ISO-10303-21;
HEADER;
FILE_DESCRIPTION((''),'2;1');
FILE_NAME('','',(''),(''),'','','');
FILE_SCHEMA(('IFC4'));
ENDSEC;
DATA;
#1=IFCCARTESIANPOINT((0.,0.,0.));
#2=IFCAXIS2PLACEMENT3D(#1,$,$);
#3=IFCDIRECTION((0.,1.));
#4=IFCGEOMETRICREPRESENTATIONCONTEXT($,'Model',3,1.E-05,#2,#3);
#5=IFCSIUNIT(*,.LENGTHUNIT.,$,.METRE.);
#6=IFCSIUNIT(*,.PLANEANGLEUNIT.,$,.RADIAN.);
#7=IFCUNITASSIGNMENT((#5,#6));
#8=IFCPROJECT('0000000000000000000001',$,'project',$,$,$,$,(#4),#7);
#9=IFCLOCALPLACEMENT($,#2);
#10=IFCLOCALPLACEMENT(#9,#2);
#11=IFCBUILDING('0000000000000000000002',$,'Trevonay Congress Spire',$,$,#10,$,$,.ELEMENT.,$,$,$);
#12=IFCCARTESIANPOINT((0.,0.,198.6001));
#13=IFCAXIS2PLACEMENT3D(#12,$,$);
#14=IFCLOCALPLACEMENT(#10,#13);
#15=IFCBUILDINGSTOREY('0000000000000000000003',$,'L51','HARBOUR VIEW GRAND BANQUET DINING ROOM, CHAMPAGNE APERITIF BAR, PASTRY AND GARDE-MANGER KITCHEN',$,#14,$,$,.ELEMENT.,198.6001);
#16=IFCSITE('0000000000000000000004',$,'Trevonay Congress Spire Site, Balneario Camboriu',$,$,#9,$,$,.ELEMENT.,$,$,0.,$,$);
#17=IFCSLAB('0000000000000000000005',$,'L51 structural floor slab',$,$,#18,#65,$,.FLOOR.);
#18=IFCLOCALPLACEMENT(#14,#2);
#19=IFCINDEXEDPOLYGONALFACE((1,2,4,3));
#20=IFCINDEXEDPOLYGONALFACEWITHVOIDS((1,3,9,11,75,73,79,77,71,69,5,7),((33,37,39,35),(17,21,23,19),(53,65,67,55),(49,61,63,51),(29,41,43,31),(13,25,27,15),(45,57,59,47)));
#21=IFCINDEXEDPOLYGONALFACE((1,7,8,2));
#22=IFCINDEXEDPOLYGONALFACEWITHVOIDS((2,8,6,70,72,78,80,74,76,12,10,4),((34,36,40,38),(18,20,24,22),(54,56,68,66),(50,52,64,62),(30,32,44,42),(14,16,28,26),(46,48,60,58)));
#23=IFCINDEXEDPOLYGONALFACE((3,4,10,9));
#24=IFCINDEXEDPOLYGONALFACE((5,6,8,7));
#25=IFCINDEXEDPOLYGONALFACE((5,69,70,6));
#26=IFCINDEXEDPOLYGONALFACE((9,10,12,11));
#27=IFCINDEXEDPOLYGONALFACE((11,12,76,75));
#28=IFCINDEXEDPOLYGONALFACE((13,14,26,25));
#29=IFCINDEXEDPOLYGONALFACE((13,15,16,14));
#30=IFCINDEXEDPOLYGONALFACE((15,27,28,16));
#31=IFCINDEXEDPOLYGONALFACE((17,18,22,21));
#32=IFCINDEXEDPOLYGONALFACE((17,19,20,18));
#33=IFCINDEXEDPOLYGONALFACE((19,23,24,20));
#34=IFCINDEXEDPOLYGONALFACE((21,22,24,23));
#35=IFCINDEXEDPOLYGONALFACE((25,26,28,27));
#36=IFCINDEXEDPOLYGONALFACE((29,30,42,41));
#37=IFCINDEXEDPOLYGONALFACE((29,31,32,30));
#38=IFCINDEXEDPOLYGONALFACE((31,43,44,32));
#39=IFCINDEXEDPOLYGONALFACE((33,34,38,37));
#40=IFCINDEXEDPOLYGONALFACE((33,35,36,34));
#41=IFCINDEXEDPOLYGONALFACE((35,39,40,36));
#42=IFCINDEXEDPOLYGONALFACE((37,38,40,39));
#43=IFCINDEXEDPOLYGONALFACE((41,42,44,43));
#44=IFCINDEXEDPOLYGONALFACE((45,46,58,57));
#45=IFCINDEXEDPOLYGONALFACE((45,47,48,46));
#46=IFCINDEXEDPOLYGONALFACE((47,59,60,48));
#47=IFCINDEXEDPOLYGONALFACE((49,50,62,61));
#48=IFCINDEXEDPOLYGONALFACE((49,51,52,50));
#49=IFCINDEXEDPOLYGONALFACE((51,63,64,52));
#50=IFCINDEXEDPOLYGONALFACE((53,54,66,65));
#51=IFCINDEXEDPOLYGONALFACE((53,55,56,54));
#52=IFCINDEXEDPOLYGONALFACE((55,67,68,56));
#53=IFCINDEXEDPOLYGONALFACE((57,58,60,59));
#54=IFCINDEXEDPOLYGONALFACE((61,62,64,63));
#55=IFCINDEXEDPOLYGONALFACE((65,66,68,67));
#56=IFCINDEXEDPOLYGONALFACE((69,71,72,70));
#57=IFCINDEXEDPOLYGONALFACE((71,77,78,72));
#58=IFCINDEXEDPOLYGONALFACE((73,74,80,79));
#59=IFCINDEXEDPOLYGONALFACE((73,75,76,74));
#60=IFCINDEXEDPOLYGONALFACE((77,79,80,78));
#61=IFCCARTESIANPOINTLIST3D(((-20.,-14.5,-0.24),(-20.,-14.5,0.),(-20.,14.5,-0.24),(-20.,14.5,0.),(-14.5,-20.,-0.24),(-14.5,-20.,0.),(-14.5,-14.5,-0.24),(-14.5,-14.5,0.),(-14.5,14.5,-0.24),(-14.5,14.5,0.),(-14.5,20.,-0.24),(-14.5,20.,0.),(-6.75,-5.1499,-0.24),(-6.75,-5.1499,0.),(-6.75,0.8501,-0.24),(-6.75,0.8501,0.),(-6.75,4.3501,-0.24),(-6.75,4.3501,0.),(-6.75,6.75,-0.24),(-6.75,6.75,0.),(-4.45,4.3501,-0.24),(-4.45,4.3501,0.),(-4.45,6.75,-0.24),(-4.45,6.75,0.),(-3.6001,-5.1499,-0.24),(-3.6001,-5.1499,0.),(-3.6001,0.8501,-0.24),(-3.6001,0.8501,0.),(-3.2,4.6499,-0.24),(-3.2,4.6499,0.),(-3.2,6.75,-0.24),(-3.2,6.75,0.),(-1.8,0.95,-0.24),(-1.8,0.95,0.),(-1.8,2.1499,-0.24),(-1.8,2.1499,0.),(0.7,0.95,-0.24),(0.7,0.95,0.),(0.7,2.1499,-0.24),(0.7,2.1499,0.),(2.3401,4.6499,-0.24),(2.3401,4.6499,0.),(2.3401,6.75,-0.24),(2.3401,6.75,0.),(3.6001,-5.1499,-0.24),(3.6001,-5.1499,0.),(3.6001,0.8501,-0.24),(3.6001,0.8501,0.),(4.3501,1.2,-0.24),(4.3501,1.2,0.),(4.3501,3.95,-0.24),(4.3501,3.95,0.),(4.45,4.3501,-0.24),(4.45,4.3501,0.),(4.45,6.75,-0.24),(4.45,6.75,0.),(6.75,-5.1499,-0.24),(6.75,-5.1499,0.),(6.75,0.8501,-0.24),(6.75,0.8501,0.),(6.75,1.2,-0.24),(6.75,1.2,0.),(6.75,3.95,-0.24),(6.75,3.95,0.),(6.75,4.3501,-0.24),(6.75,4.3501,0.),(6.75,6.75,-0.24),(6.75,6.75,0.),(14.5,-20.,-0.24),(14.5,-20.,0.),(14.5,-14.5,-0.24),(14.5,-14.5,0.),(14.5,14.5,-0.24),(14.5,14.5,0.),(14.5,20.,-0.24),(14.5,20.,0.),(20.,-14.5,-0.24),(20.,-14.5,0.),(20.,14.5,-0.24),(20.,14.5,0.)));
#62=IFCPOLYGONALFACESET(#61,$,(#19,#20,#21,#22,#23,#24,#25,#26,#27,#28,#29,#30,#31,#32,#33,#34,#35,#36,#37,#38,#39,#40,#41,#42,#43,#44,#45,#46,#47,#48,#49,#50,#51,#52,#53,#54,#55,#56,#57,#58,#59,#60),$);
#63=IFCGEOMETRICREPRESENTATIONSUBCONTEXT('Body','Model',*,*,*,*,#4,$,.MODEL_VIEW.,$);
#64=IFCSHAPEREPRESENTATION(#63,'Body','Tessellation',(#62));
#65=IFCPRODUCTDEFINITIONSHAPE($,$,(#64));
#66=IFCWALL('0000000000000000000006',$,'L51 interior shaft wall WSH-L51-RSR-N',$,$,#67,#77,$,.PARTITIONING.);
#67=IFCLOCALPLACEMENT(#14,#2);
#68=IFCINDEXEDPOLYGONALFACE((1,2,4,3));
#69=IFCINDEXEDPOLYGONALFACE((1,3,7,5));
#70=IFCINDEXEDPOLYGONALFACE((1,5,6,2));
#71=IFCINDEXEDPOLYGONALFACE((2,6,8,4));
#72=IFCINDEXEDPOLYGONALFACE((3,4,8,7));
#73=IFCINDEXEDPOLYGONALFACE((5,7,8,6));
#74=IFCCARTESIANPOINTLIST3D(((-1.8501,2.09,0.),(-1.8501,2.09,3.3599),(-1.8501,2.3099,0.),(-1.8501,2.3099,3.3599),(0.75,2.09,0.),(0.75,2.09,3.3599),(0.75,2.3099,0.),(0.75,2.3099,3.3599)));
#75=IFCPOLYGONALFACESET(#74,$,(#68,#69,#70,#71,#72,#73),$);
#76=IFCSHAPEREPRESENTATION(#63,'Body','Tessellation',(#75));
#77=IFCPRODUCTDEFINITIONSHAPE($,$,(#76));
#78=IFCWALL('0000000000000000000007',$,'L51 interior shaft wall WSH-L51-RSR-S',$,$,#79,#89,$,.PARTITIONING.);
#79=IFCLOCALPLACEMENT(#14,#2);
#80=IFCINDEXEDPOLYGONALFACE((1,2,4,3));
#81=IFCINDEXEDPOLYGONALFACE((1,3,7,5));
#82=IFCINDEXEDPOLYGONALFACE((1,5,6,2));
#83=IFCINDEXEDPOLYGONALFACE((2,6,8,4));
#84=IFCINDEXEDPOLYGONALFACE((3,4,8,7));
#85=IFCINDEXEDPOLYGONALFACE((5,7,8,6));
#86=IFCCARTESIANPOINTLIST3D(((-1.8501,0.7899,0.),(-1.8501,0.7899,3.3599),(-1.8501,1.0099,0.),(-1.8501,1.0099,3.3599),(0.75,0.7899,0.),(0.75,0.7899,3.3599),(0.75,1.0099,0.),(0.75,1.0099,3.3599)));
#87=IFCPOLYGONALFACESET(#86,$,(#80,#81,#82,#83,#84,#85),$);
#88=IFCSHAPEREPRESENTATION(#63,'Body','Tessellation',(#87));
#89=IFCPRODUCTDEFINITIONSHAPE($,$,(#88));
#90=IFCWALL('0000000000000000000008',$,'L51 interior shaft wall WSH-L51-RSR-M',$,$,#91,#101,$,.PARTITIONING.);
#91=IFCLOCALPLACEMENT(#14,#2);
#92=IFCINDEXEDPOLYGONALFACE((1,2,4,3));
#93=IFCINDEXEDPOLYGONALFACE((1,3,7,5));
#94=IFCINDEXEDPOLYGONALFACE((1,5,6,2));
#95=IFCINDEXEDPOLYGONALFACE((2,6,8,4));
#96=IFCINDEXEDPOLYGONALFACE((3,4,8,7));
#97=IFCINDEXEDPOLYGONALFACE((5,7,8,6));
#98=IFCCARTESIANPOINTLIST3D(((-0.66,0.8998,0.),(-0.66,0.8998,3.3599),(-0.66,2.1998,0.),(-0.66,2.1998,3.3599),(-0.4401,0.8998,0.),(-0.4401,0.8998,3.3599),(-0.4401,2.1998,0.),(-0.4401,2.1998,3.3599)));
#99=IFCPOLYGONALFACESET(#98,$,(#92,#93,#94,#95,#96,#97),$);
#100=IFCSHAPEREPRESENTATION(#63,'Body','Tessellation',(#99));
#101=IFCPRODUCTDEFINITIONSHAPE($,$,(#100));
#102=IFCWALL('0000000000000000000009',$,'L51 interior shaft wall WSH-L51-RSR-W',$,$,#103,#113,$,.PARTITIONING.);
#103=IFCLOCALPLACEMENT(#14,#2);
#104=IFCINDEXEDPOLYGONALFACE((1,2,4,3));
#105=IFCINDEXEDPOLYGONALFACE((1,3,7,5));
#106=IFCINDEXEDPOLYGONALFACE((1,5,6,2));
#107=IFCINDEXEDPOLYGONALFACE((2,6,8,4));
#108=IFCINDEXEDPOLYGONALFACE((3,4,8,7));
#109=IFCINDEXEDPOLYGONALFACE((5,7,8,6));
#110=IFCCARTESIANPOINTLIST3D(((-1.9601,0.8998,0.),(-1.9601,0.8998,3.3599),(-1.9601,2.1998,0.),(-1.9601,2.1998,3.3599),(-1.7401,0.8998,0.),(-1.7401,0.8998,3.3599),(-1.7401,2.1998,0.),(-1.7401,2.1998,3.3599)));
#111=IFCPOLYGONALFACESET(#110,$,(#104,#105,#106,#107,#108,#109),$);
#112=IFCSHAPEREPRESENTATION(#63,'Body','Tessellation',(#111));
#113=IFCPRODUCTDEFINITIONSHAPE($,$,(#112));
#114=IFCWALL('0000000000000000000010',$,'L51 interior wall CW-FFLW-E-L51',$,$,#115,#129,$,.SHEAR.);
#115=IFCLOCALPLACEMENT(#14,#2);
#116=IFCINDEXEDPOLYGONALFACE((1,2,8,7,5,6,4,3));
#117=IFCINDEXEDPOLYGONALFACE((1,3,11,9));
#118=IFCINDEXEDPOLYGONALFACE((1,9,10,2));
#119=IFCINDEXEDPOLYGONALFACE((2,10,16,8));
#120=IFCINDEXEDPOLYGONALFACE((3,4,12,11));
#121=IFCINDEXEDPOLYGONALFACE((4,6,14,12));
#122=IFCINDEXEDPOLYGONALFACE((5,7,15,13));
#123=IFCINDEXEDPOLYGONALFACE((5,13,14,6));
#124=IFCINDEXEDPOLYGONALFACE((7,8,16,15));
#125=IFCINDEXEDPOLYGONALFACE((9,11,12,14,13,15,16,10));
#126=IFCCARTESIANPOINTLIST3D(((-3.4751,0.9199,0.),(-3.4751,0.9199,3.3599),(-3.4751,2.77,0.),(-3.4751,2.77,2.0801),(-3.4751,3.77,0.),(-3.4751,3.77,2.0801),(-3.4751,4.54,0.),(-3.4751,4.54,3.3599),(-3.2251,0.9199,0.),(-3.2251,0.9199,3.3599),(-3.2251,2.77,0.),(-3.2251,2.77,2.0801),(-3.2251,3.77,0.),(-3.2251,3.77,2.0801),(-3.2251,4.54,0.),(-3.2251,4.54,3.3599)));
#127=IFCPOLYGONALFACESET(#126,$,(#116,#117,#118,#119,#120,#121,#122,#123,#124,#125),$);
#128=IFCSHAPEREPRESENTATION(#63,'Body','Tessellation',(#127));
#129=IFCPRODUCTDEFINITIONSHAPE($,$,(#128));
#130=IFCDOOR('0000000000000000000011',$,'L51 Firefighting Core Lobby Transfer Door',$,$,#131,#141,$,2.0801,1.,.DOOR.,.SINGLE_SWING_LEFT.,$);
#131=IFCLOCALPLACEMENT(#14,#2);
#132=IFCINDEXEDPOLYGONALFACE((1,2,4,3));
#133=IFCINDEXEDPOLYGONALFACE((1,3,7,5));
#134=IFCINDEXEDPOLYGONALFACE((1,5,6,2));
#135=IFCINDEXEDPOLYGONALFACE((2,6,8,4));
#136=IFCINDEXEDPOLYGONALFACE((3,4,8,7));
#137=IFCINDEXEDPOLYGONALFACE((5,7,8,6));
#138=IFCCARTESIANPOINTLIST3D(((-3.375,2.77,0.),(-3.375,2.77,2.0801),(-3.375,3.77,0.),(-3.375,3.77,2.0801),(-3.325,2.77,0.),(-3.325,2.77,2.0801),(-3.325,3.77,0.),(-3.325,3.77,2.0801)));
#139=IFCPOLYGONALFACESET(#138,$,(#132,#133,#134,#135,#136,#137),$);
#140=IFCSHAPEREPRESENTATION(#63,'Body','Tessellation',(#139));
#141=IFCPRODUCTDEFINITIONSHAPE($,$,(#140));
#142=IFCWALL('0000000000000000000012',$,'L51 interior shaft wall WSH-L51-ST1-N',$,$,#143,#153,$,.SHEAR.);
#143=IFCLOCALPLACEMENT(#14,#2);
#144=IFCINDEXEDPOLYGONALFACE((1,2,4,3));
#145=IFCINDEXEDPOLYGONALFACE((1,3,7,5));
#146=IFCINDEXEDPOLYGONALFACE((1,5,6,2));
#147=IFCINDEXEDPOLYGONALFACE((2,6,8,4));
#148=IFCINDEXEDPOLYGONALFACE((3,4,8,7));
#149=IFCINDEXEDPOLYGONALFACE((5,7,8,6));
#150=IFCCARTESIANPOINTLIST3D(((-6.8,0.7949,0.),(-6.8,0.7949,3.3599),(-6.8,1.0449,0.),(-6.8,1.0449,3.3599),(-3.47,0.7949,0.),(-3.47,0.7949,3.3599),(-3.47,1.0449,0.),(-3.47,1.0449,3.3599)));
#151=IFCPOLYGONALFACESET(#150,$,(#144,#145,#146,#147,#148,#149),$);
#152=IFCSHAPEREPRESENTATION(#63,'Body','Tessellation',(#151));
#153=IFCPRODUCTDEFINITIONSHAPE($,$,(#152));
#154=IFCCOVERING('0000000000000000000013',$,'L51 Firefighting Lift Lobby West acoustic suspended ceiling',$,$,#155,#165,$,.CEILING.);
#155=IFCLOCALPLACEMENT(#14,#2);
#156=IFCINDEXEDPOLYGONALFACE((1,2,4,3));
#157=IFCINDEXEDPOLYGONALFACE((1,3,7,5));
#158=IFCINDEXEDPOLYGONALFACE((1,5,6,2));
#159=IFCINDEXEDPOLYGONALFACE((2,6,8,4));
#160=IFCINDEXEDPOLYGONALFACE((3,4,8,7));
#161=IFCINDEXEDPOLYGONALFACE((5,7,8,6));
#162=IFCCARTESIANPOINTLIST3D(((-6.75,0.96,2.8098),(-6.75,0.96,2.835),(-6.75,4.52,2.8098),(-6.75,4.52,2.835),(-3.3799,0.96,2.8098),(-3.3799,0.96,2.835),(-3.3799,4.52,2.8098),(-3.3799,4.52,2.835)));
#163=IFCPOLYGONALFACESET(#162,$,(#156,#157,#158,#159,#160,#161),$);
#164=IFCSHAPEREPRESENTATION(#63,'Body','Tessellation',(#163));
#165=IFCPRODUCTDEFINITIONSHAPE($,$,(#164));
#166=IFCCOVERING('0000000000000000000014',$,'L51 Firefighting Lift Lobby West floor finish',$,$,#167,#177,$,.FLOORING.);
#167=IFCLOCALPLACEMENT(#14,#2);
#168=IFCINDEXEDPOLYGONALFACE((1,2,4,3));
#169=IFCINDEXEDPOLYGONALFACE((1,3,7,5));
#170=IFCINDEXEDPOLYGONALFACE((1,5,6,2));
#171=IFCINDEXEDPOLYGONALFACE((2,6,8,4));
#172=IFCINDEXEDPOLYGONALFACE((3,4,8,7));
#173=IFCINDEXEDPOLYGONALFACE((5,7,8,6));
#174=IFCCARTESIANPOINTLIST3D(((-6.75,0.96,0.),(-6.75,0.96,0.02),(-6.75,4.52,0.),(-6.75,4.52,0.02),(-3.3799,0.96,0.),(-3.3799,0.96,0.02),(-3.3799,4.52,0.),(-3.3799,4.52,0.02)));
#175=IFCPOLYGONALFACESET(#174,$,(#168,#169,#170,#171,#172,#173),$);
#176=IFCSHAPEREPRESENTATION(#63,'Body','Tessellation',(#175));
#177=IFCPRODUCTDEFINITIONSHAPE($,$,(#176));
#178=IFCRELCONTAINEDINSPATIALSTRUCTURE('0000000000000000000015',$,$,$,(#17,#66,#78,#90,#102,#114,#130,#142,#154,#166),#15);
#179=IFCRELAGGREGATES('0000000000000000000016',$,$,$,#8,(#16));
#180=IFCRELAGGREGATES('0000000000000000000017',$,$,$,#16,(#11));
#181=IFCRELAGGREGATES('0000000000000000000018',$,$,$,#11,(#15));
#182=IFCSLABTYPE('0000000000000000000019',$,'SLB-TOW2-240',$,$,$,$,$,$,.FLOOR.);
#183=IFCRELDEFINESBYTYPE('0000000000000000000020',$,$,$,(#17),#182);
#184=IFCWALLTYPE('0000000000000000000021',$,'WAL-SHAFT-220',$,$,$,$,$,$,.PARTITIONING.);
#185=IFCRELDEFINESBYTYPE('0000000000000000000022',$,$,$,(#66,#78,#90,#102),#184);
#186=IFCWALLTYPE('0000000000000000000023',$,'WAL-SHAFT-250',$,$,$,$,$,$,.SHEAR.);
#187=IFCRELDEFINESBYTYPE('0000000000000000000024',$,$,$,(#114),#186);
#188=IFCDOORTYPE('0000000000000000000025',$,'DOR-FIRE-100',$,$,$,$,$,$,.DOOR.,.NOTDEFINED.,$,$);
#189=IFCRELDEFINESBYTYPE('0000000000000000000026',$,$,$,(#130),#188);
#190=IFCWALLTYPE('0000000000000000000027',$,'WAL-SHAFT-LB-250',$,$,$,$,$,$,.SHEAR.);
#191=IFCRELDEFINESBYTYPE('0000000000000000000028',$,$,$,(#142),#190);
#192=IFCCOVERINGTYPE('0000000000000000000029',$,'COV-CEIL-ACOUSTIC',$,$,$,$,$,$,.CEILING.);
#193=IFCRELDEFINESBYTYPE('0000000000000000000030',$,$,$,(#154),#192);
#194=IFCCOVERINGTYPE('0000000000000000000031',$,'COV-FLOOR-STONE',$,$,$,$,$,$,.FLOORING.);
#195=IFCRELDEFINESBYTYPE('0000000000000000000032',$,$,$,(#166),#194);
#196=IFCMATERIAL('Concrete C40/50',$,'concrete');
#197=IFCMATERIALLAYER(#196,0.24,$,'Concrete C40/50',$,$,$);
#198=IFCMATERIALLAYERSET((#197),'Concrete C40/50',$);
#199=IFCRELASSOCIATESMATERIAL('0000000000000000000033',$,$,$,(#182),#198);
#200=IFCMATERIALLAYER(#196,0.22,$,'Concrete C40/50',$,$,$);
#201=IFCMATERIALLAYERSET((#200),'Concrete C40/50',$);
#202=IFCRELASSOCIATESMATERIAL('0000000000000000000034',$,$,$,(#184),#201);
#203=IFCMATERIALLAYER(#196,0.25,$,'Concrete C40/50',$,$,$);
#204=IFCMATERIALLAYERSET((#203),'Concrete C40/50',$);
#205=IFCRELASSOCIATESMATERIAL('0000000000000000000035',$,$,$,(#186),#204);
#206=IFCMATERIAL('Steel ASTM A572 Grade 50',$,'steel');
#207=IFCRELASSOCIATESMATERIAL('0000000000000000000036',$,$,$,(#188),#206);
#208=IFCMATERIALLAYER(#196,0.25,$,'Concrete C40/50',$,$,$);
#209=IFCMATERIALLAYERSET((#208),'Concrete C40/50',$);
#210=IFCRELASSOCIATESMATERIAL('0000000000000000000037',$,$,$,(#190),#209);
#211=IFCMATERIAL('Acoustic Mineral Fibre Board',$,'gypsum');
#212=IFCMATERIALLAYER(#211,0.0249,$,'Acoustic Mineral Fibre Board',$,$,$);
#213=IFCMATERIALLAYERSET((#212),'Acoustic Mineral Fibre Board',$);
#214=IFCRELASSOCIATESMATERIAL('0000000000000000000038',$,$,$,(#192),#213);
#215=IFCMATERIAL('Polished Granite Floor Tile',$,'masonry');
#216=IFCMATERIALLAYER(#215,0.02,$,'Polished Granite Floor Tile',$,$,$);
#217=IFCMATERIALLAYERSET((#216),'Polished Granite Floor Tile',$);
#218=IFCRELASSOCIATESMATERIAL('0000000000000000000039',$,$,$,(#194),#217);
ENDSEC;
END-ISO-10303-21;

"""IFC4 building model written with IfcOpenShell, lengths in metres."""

from ifc_helpers import new_model, si_unit, direction, frame, frame_2d, origin, place, context, subcontext, project, spatial, polyline, rectangle, outline, extrude, material, layer, layer_set, type_object, element, fill, save


model = new_model("IFC4")

# Units and contexts
model_context = context("Model", 3, precision=1e-05, world=origin(), true_north=direction((0.0, 1.0)))
body_context = subcontext(model_context, "Body", "Model", "MODEL_VIEW")
ifc_project = project(units=[si_unit("LENGTHUNIT", "METRE"), si_unit("PLANEANGLEUNIT", "RADIAN")], contexts=[model_context])

# Site, building, storey
site_placement = place(None, origin())
site = spatial("IfcSite", under=ifc_project, at=site_placement, Name="Trevonay Congress Spire Site, Balneario Camboriu", CompositionType="ELEMENT", RefElevation=0.0)
building_placement = place(site_placement, origin())
building = spatial("IfcBuilding", under=site, at=building_placement, Name="Trevonay Congress Spire", CompositionType="ELEMENT")
storey_placement = place(building_placement, frame((0.0, 0.0, 198.6001)))
storey = spatial("IfcBuildingStorey", under=building, at=storey_placement, Name="L51", Description="HARBOUR VIEW GRAND BANQUET DINING ROOM, CHAMPAGNE APERITIF BAR, PASTRY AND GARDE-MANGER KITCHEN", CompositionType="ELEMENT", Elevation=198.6001)

# Shared definitions
ifc_material_1 = material(Name="Steel ASTM A572 Grade 50", Category="steel")

# Shared definitions
ifc_material_2 = material(Name="Concrete C40/50", Category="concrete")

# Slab
ifc_layer_1 = layer(ifc_material_2, 0.24, Name="Concrete C40/50")
ifc_layer_set_1 = layer_set([ifc_layer_1], Name="Concrete C40/50")
slab_type_1 = type_object("IfcSlabType", Name="SLB-TOW2-240", PredefinedType="FLOOR", material=ifc_layer_set_1)
slab_1_placement = place(storey_placement, frame((0.0, 0.0, -0.24)))
element("IfcSlab", 1, at=slab_1_placement, inside=storey, type_object=slab_type_1, Name="L51 structural floor slab", PredefinedType="FLOOR", context=body_context, shape_type="SweptSolid", body=[
    extrude(outline(polyline([(-14.5, -20.0), (14.5, -20.0), (14.5, -14.5), (20.0, -14.5), (20.0, 14.5), (14.5, 14.5), (14.5, 20.0), (-14.5, 20.0), (-14.5, 14.5), (-20.0, 14.5), (-20.0, -14.5), (-14.5, -14.5), (-14.5, -20.0)]), holes=[polyline([(-3.6001, -5.1499), (-3.6001, 0.8501), (-6.75, 0.8501), (-6.75, -5.1499), (-3.6001, -5.1499)]), polyline([(6.75, -5.1499), (6.75, 0.8501), (3.6001, 0.8501), (3.6001, -5.1499), (6.75, -5.1499)]), polyline([(-3.2, 4.6499), (2.3401, 4.6499), (2.3401, 6.75), (-3.2, 6.75), (-3.2, 4.6499)]), polyline([(-6.75, 4.3501), (-4.45, 4.3501), (-4.45, 6.75), (-6.75, 6.75), (-6.75, 4.3501)]), polyline([(4.45, 4.3501), (6.75, 4.3501), (6.75, 6.75), (4.45, 6.75), (4.45, 4.3501)]), polyline([(4.3501, 1.2), (6.75, 1.2), (6.75, 3.95), (4.3501, 3.95), (4.3501, 1.2)]), polyline([(-1.8, 0.95), (0.7, 0.95), (0.7, 2.1499), (-1.8, 2.1499), (-1.8, 0.95)])]), origin(), (0.0, 0.0, 1.0), 0.24),
])

# Walls
ifc_layer_2 = layer(ifc_material_2, 0.22, Name="Concrete C40/50")
ifc_layer_set_2 = layer_set([ifc_layer_2], Name="Concrete C40/50")
wall_type_1 = type_object("IfcWallType", Name="WAL-SHAFT-220", PredefinedType="PARTITIONING", material=ifc_layer_set_2)
for number, where, z_axis, x_axis, name in (
    (2, (-1.8501, 2.2, 0.0), (0.0, 0.0, 1.0), (1.0, 0.0, 0.0), "L51 interior shaft wall WSH-L51-RSR-N"),
    (3, (-1.8501, 0.8999, 0.0), (0.0, 0.0, 1.0), (1.0, 0.0, 0.0), "L51 interior shaft wall WSH-L51-RSR-S"),
):
    element("IfcWall", number, at=place(storey_placement, frame(where, z_axis=z_axis, x_axis=x_axis)), inside=storey, type_object=wall_type_1, Name=name, PredefinedType="PARTITIONING", context=body_context, shape_type="SweptSolid", body=[
        extrude(rectangle(XDim=2.6001, YDim=0.22, at=frame_2d((1.3, 0.0))), origin(), (0.0, 0.0, 1.0), 3.3599),
    ])
for number, where, z_axis, x_axis, name in (
    (4, (-0.55, 0.8999, 0.0), (0.0, 0.0, 1.0), (0.0, 1.0, 0.0), "L51 interior shaft wall WSH-L51-RSR-M"),
    (5, (-1.8501, 0.8999, 0.0), (0.0, 0.0, 1.0), (0.0, 1.0, 0.0), "L51 interior shaft wall WSH-L51-RSR-W"),
):
    element("IfcWall", number, at=place(storey_placement, frame(where, z_axis=z_axis, x_axis=x_axis)), inside=storey, type_object=wall_type_1, Name=name, PredefinedType="PARTITIONING", context=body_context, shape_type="SweptSolid", body=[
        extrude(rectangle(XDim=1.3, YDim=0.22, at=frame_2d((0.6499, 0.0))), origin(), (0.0, 0.0, 1.0), 3.3599),
    ])

# Wall, opening, door
ifc_layer_3 = layer(ifc_material_2, 0.25, Name="Concrete C40/50")
ifc_layer_set_3 = layer_set([ifc_layer_3], Name="Concrete C40/50")
wall_type_2 = type_object("IfcWallType", Name="WAL-SHAFT-250", PredefinedType="SHEAR", material=ifc_layer_set_3)
wall_1_placement = place(storey_placement, frame((-3.3501, 0.9199, 0.0), z_axis=(0.0, 0.0, 1.0), x_axis=(0.0, 1.0, 0.0)))
wall_1 = element("IfcWall", 6, at=wall_1_placement, inside=storey, type_object=wall_type_2, Name="L51 interior wall CW-FFLW-E-L51", PredefinedType="SHEAR", context=body_context, shape_type="SweptSolid", body=[
    extrude(rectangle(XDim=3.6201, YDim=0.25, at=frame_2d((1.8101, 0.0))), origin(), (0.0, 0.0, 1.0), 3.3599),
])
opening_placement = place(wall_1_placement, frame((1.8501, 0.0, 0.0)))
opening = element("IfcOpeningElement", 7, at=opening_placement, cuts=wall_1, PredefinedType="OPENING", context=body_context, shape_type="SweptSolid", body=[
    extrude(rectangle(XDim=1.0, YDim=2.0801, at=frame_2d((0.5, 1.04))), frame((0.0, 0.135, 0.0), z_axis=(0.0, -1.0, 0.0), x_axis=(1.0, 0.0, 0.0)), (0.0, 0.0, 1.0), 0.27),
])
door_type = type_object("IfcDoorType", Name="DOR-FIRE-100", OperationType="NOTDEFINED", PredefinedType="DOOR", material=ifc_material_1)
door_placement = place(opening_placement, origin())
door = element("IfcDoor", 8, at=door_placement, inside=storey, type_object=door_type, Name="L51 Firefighting Core Lobby Transfer Door", OperationType="SINGLE_SWING_LEFT", OverallHeight=2.0801, OverallWidth=1.0, PredefinedType="DOOR", context=body_context, shape_type="SweptSolid", body=[
    extrude(rectangle(XDim=1.0, YDim=2.0801, at=frame_2d((0.5, 1.04))), frame((0.0, 0.0249, 0.0), z_axis=(0.0, -1.0, 0.0), x_axis=(1.0, 0.0, 0.0)), (0.0, 0.0, 1.0), 0.05),
])
fill(opening, door)

# Wall
ifc_layer_4 = layer(ifc_material_2, 0.25, Name="Concrete C40/50")
ifc_layer_set_4 = layer_set([ifc_layer_4], Name="Concrete C40/50")
wall_type_3 = type_object("IfcWallType", Name="WAL-SHAFT-LB-250", PredefinedType="SHEAR", material=ifc_layer_set_4)
wall_2_placement = place(storey_placement, frame((-6.8, 0.9199, 0.0), z_axis=(0.0, 0.0, 1.0), x_axis=(1.0, 0.0, 0.0)))
element("IfcWall", 9, at=wall_2_placement, inside=storey, type_object=wall_type_3, Name="L51 interior shaft wall WSH-L51-ST1-N", PredefinedType="SHEAR", context=body_context, shape_type="SweptSolid", body=[
    extrude(rectangle(XDim=3.3301, YDim=0.25, at=frame_2d((1.665, 0.0))), origin(), (0.0, 0.0, 1.0), 3.3599),
])

# Coverings
ifc_material_3 = material(Name="Acoustic Mineral Fibre Board", Category="gypsum")
ifc_layer_5 = layer(ifc_material_3, 0.0249, Name="Acoustic Mineral Fibre Board")
ifc_layer_set_5 = layer_set([ifc_layer_5], Name="Acoustic Mineral Fibre Board")
covering_type_1 = type_object("IfcCoveringType", Name="COV-CEIL-ACOUSTIC", PredefinedType="CEILING", material=ifc_layer_set_5)
covering_1_placement = place(storey_placement, frame((0.0, 0.0, 2.8098)))
element("IfcCovering", 10, at=covering_1_placement, inside=storey, type_object=covering_type_1, Name="L51 Firefighting Lift Lobby West acoustic suspended ceiling", PredefinedType="CEILING", context=body_context, shape_type="SweptSolid", body=[
    extrude(outline(polyline([(-6.75, 0.96), (-3.3799, 0.96), (-3.3799, 4.52), (-6.75, 4.52), (-6.75, 0.96)])), origin(), (0.0, 0.0, 1.0), 0.0251),
])
ifc_material_4 = material(Name="Polished Granite Floor Tile", Category="masonry")
ifc_layer_6 = layer(ifc_material_4, 0.02, Name="Polished Granite Floor Tile")
ifc_layer_set_6 = layer_set([ifc_layer_6], Name="Polished Granite Floor Tile")
covering_type_2 = type_object("IfcCoveringType", Name="COV-FLOOR-STONE", PredefinedType="FLOORING", material=ifc_layer_set_6)
covering_2_placement = place(storey_placement, origin())
element("IfcCovering", 11, at=covering_2_placement, inside=storey, type_object=covering_type_2, Name="L51 Firefighting Lift Lobby West floor finish", PredefinedType="FLOORING", context=body_context, shape_type="SweptSolid", body=[
    extrude(outline(polyline([(-6.75, 0.96), (-3.3799, 0.96), (-3.3799, 4.52), (-6.75, 4.52), (-6.75, 0.96)])), origin(), (0.0, 0.0, 1.0), 0.02),
])

save(model, "model.ifc")
